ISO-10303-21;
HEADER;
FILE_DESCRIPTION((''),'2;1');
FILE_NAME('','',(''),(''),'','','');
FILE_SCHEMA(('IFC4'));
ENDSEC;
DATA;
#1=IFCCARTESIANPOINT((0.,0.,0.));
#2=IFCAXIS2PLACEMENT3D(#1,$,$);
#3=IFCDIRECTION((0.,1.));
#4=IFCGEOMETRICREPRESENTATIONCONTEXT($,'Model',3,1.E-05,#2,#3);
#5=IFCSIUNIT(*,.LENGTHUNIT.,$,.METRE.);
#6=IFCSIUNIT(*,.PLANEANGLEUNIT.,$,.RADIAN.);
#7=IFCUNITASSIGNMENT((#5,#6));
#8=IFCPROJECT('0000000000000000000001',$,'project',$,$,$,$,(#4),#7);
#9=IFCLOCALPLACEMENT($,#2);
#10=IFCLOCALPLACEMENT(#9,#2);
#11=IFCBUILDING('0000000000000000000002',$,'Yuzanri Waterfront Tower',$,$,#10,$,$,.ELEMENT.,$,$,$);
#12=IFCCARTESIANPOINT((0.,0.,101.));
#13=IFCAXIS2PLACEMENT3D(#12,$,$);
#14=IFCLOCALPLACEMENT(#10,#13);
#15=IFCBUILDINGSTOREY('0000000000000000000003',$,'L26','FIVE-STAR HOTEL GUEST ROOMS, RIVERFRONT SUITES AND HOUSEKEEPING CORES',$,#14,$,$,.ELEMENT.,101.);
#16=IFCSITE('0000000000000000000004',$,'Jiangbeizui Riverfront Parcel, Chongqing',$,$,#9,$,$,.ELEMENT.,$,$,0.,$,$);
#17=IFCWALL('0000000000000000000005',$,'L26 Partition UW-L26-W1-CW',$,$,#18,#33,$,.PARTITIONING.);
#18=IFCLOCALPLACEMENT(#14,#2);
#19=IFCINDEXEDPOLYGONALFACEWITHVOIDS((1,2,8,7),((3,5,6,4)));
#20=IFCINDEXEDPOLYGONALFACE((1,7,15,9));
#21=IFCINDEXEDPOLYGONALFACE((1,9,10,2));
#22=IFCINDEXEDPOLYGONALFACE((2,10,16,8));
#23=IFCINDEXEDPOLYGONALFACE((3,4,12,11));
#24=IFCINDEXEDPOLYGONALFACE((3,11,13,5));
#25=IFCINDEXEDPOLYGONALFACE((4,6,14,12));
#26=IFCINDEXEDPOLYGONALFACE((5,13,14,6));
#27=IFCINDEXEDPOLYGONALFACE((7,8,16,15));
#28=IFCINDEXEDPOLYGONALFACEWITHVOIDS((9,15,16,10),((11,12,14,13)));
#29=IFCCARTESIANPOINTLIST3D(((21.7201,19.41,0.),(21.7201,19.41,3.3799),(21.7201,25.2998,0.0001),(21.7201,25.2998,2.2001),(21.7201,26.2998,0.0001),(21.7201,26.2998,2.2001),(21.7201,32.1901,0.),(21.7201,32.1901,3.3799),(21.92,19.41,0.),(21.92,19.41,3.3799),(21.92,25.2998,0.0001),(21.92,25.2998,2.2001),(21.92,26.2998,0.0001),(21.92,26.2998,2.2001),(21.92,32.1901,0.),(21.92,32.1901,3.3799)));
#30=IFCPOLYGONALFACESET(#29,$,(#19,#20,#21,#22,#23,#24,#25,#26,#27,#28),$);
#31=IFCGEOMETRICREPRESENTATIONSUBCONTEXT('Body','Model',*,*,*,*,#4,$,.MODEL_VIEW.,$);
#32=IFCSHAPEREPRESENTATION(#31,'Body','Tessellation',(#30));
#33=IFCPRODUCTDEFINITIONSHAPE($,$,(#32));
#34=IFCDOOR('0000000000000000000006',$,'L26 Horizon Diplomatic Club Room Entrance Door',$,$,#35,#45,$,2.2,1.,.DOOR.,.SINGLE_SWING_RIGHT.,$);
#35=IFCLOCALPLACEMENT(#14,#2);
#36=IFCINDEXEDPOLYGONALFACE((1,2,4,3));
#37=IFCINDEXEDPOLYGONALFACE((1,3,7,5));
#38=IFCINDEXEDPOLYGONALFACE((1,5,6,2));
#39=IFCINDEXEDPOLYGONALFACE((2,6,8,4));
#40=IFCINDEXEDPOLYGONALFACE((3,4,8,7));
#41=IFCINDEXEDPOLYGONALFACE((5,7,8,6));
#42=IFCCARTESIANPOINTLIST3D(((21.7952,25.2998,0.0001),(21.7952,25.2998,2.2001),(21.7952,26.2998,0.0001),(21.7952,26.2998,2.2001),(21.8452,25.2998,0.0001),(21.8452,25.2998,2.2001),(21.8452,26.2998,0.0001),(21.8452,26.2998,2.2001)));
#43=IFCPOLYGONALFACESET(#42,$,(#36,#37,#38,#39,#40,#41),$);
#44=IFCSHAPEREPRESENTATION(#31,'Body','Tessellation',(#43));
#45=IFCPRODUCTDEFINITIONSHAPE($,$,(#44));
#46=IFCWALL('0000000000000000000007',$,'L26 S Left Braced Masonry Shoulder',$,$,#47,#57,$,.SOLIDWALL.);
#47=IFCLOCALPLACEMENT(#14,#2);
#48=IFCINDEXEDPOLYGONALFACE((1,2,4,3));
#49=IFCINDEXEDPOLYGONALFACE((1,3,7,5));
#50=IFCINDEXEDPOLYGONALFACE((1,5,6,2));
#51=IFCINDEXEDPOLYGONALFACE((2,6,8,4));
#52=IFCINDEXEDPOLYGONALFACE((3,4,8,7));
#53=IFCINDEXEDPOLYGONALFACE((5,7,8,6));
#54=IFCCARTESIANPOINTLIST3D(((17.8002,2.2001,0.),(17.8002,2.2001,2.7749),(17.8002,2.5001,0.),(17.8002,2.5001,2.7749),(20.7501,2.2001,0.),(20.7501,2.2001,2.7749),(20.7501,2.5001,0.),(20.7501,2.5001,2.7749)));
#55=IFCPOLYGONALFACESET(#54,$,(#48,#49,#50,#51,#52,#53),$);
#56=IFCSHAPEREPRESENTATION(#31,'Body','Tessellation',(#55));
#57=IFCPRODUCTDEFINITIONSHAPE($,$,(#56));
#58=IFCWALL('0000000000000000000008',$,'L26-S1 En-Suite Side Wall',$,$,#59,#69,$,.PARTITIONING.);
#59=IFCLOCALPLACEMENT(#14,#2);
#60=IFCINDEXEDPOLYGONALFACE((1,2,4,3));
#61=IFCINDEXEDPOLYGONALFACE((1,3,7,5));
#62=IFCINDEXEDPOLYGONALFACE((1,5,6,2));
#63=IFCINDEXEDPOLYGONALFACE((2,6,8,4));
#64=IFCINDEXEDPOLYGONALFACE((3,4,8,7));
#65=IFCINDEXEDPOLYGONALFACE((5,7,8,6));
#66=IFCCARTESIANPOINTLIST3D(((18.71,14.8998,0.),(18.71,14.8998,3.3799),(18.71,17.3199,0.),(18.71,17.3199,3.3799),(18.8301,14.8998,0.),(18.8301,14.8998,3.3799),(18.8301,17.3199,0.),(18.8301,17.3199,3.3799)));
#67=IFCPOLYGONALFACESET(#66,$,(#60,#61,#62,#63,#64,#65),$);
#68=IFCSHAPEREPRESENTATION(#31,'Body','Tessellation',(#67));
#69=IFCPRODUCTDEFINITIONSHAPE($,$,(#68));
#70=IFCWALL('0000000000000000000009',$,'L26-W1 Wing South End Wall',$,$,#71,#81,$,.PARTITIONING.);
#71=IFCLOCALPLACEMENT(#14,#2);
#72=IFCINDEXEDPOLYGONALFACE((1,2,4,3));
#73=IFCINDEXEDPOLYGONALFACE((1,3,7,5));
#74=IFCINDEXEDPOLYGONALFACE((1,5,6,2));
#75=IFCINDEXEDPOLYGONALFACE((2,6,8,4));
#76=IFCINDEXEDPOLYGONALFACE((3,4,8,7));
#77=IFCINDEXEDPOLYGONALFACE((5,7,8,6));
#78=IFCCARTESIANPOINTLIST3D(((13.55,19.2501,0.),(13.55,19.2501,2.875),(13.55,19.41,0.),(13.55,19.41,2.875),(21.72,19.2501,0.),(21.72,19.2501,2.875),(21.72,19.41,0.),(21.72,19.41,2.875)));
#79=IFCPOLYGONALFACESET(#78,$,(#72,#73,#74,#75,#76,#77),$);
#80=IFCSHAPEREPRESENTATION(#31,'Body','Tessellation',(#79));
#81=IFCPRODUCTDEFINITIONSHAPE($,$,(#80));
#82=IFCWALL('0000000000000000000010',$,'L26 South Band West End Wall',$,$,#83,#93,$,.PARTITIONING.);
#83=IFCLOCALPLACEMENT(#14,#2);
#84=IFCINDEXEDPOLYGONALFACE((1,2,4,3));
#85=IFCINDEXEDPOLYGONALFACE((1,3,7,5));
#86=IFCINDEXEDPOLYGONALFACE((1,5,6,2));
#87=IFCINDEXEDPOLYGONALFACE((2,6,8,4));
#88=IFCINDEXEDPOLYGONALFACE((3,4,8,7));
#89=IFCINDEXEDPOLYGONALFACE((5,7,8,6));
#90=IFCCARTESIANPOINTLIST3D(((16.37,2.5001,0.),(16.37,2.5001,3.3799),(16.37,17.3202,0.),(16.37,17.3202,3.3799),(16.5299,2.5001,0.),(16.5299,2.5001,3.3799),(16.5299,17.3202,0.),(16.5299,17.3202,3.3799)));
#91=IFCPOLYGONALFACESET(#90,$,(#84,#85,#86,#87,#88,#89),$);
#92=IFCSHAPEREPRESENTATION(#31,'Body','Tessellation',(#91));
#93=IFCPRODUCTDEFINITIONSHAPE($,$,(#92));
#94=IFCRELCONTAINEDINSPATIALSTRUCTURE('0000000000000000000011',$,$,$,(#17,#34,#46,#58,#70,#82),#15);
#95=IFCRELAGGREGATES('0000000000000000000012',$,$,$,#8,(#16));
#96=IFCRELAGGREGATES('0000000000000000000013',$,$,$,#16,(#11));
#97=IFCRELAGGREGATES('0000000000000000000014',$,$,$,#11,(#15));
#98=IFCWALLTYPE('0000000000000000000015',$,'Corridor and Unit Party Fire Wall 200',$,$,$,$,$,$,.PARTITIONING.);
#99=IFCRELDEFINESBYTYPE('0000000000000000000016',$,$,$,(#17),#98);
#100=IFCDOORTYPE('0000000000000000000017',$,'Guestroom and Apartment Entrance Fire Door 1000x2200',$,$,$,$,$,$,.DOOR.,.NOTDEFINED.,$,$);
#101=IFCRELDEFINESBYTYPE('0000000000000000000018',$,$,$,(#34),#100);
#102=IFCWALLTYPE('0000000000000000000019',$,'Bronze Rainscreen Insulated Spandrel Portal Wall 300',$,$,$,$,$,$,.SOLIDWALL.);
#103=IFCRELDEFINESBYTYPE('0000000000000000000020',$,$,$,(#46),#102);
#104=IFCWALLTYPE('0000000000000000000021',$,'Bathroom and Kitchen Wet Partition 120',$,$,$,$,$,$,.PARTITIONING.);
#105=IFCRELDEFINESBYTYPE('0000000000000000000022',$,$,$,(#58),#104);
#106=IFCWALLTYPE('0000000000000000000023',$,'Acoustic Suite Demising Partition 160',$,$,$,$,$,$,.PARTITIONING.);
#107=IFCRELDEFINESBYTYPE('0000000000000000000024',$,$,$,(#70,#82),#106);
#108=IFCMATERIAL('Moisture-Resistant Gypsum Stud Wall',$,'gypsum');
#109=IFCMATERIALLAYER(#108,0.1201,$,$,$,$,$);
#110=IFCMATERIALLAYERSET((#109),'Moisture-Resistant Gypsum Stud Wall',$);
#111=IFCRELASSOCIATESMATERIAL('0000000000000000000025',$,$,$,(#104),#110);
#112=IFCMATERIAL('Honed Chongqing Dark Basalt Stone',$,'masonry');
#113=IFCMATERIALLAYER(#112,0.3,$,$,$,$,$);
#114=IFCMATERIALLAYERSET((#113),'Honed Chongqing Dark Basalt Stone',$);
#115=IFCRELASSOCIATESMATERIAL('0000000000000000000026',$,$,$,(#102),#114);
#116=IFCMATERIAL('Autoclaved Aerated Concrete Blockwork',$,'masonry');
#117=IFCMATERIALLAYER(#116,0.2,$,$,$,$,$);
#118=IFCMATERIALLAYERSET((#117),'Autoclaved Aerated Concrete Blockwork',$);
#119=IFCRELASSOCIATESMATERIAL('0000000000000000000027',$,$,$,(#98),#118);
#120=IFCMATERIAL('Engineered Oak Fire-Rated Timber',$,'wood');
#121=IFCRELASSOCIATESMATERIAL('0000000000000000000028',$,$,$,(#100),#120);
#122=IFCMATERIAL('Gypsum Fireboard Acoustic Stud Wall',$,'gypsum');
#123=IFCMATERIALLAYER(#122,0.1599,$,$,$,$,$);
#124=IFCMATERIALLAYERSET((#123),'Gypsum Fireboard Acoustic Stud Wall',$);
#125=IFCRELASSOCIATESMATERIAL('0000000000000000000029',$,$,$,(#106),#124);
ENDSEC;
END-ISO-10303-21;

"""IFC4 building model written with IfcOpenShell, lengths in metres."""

from ifc_helpers import new_model, si_unit, direction, frame, frame_2d, origin, place, context, subcontext, project, spatial, rectangle, extrude, source, transform, mapped, material, layer, layer_set, type_object, element, fill, save


model = new_model("IFC4")

# Units and contexts
model_context = context("Model", 3, precision=1e-05, world=origin(), true_north=direction((0.0, 1.0)))
body_context = subcontext(model_context, "Body", "Model", "MODEL_VIEW")
ifc_project = project(units=[si_unit("LENGTHUNIT", "METRE"), si_unit("PLANEANGLEUNIT", "RADIAN")], contexts=[model_context])

# Site, building, storey
site_placement = place(None, origin())
site = spatial("IfcSite", under=ifc_project, at=site_placement, Name="Jiangbeizui Riverfront Parcel, Chongqing", CompositionType="ELEMENT", RefElevation=0.0)
building_placement = place(site_placement, origin())
building = spatial("IfcBuilding", under=site, at=building_placement, Name="Yuzanri Waterfront Tower", CompositionType="ELEMENT")
storey_placement = place(building_placement, frame((0.0, 0.0, 101.0)))
storey = spatial("IfcBuildingStorey", under=building, at=storey_placement, Name="L26", Description="FIVE-STAR HOTEL GUEST ROOMS, RIVERFRONT SUITES AND HOUSEKEEPING CORES", CompositionType="ELEMENT", Elevation=101.0)

# Shared definitions
ifc_material_1 = material(Name="Moisture-Resistant Gypsum Stud Wall", Category="gypsum")
ifc_layer_1 = layer(ifc_material_1, 0.1201)
ifc_layer_set_1 = layer_set([ifc_layer_1], Name="Moisture-Resistant Gypsum Stud Wall")
wall_type_1 = type_object("IfcWallType", Name="Bathroom and Kitchen Wet Partition 120", PredefinedType="PARTITIONING", material=ifc_layer_set_1)

# Shared definitions
ifc_material_2 = material(Name="Honed Chongqing Dark Basalt Stone", Category="masonry")
ifc_layer_2 = layer(ifc_material_2, 0.3)
ifc_layer_set_2 = layer_set([ifc_layer_2], Name="Honed Chongqing Dark Basalt Stone")
wall_type_2 = type_object("IfcWallType", Name="Bronze Rainscreen Insulated Spandrel Portal Wall 300", PredefinedType="SOLIDWALL", material=ifc_layer_set_2)

# Wall, opening, door
ifc_material_3 = material(Name="Autoclaved Aerated Concrete Blockwork", Category="masonry")
ifc_layer_3 = layer(ifc_material_3, 0.2)
ifc_layer_set_3 = layer_set([ifc_layer_3], Name="Autoclaved Aerated Concrete Blockwork")
wall_type_3 = type_object("IfcWallType", Name="Corridor and Unit Party Fire Wall 200", PredefinedType="PARTITIONING", material=ifc_layer_set_3)
ifc_material_4 = material(Name="Engineered Oak Fire-Rated Timber", Category="wood")
door_type_1 = type_object("IfcDoorType", Name="Guestroom and Apartment Entrance Fire Door 1000x2200", OperationType="NOTDEFINED", PredefinedType="DOOR", material=ifc_material_4)
shared_shape_1 = source(origin(), body_context, "Body", "SweptSolid", [
    extrude(rectangle(XDim=1.0, YDim=2.2, at=frame_2d((0.5, 1.1001))), frame((0.0, 0.0249, 0.0), z_axis=(0.0, -1.0, 0.0), x_axis=(1.0, 0.0, 0.0)), (0.0, 0.0, 1.0), 0.05),
])
wall_1_placement = place(storey_placement, frame((21.8201, 19.4099, 0.0), z_axis=(0.0, 0.0, 1.0), x_axis=(0.0, 1.0, 0.0)))
wall_1 = element("IfcWall", 1, at=wall_1_placement, inside=storey, type_object=wall_type_3, Name="L26 Partition UW-L26-W1-CW", PredefinedType="PARTITIONING", context=body_context, shape_type="SweptSolid", body=[
    extrude(rectangle(XDim=12.78, YDim=0.2, at=frame_2d((6.3901, 0.0))), origin(), (0.0, 0.0, 1.0), 3.3799),
])
opening_1_placement = place(wall_1_placement, frame((5.8899, 0.0, 0.0)))
opening_1 = element("IfcOpeningElement", 2, at=opening_1_placement, cuts=wall_1, PredefinedType="OPENING", context=body_context, shape_type="SweptSolid", body=[
    extrude(rectangle(XDim=1.0, YDim=2.2, at=frame_2d((0.5, 1.1001))), frame((0.0, 0.1147, 0.0), z_axis=(0.0, -1.0, 0.0), x_axis=(1.0, 0.0, 0.0)), (0.0, 0.0, 1.0), 0.2297),
])
door_1_placement = place(opening_1_placement, origin())
door_1 = element("IfcDoor", 3, at=door_1_placement, inside=storey, type_object=door_type_1, Name="L26 Horizon Diplomatic Club Room Entrance Door", OperationType="SINGLE_SWING_RIGHT", OverallHeight=2.2, OverallWidth=1.0, PredefinedType="DOOR", context=body_context, shape_type="MappedRepresentation", body=[
    mapped(shared_shape_1, transform((0.0, 0.0, 0.0), scale=1.0)),
])
fill(opening_1, door_1)

# Walls
shared_shape_2 = source(origin(), body_context, "Body", "SweptSolid", [
    extrude(rectangle(XDim=2.95, YDim=0.3, at=frame_2d((1.4751, 0.0))), origin(), (0.0, 0.0, 1.0), 2.7749),
])
wall_2_placement = place(storey_placement, frame((17.8, 2.3501, 0.0), z_axis=(0.0, 0.0, 1.0), x_axis=(1.0, 0.0, 0.0)))
element("IfcWall", 4, at=wall_2_placement, inside=storey, type_object=wall_type_2, Name="L26 S Left Braced Masonry Shoulder", PredefinedType="SOLIDWALL", context=body_context, shape_type="MappedRepresentation", body=[
    mapped(shared_shape_2, transform((0.0, 0.0, 0.0), scale=1.0)),
])
shared_shape_3 = source(origin(), body_context, "Body", "SweptSolid", [
    extrude(rectangle(XDim=2.4202, YDim=0.1201, at=frame_2d((1.21, 0.0))), origin(), (0.0, 0.0, 1.0), 3.3799),
])
wall_3_placement = place(storey_placement, frame((18.77, 14.8999, 0.0), z_axis=(0.0, 0.0, 1.0), x_axis=(0.0, 1.0, 0.0)))
element("IfcWall", 5, at=wall_3_placement, inside=storey, type_object=wall_type_1, Name="L26-S1 En-Suite Side Wall", PredefinedType="PARTITIONING", context=body_context, shape_type="MappedRepresentation", body=[
    mapped(shared_shape_3, transform((0.0, 0.0, 0.0), scale=1.0)),
])
ifc_material_5 = material(Name="Gypsum Fireboard Acoustic Stud Wall", Category="gypsum")
ifc_layer_4 = layer(ifc_material_5, 0.1599)
ifc_layer_set_4 = layer_set([ifc_layer_4], Name="Gypsum Fireboard Acoustic Stud Wall")
wall_type_4 = type_object("IfcWallType", Name="Acoustic Suite Demising Partition 160", PredefinedType="PARTITIONING", material=ifc_layer_set_4)
shared_shape_4 = source(origin(), body_context, "Body", "SweptSolid", [
    extrude(rectangle(XDim=8.1699, YDim=0.1599, at=frame_2d((4.085, 0.0))), origin(), (0.0, 0.0, 1.0), 2.875),
])
wall_4_placement = place(storey_placement, frame((13.55, 19.3301, 0.0), z_axis=(0.0, 0.0, 1.0), x_axis=(1.0, 0.0, 0.0)))
element("IfcWall", 6, at=wall_4_placement, inside=storey, type_object=wall_type_4, Name="L26-W1 Wing South End Wall", PredefinedType="PARTITIONING", context=body_context, shape_type="MappedRepresentation", body=[
    mapped(shared_shape_4, transform((0.0, 0.0, 0.0), scale=1.0)),
])
shared_shape_5 = source(origin(), body_context, "Body", "SweptSolid", [
    extrude(rectangle(XDim=14.8201, YDim=0.1599, at=frame_2d((7.4102, 0.0))), origin(), (0.0, 0.0, 1.0), 3.3799),
])
wall_5_placement = place(storey_placement, frame((16.45, 2.5, 0.0), z_axis=(0.0, 0.0, 1.0), x_axis=(0.0, 1.0, 0.0)))
element("IfcWall", 7, at=wall_5_placement, inside=storey, type_object=wall_type_4, Name="L26 South Band West End Wall", PredefinedType="PARTITIONING", context=body_context, shape_type="MappedRepresentation", body=[
    mapped(shared_shape_5, transform((0.0, 0.0, 0.0), scale=1.0)),
])

save(model, "model.ifc")
